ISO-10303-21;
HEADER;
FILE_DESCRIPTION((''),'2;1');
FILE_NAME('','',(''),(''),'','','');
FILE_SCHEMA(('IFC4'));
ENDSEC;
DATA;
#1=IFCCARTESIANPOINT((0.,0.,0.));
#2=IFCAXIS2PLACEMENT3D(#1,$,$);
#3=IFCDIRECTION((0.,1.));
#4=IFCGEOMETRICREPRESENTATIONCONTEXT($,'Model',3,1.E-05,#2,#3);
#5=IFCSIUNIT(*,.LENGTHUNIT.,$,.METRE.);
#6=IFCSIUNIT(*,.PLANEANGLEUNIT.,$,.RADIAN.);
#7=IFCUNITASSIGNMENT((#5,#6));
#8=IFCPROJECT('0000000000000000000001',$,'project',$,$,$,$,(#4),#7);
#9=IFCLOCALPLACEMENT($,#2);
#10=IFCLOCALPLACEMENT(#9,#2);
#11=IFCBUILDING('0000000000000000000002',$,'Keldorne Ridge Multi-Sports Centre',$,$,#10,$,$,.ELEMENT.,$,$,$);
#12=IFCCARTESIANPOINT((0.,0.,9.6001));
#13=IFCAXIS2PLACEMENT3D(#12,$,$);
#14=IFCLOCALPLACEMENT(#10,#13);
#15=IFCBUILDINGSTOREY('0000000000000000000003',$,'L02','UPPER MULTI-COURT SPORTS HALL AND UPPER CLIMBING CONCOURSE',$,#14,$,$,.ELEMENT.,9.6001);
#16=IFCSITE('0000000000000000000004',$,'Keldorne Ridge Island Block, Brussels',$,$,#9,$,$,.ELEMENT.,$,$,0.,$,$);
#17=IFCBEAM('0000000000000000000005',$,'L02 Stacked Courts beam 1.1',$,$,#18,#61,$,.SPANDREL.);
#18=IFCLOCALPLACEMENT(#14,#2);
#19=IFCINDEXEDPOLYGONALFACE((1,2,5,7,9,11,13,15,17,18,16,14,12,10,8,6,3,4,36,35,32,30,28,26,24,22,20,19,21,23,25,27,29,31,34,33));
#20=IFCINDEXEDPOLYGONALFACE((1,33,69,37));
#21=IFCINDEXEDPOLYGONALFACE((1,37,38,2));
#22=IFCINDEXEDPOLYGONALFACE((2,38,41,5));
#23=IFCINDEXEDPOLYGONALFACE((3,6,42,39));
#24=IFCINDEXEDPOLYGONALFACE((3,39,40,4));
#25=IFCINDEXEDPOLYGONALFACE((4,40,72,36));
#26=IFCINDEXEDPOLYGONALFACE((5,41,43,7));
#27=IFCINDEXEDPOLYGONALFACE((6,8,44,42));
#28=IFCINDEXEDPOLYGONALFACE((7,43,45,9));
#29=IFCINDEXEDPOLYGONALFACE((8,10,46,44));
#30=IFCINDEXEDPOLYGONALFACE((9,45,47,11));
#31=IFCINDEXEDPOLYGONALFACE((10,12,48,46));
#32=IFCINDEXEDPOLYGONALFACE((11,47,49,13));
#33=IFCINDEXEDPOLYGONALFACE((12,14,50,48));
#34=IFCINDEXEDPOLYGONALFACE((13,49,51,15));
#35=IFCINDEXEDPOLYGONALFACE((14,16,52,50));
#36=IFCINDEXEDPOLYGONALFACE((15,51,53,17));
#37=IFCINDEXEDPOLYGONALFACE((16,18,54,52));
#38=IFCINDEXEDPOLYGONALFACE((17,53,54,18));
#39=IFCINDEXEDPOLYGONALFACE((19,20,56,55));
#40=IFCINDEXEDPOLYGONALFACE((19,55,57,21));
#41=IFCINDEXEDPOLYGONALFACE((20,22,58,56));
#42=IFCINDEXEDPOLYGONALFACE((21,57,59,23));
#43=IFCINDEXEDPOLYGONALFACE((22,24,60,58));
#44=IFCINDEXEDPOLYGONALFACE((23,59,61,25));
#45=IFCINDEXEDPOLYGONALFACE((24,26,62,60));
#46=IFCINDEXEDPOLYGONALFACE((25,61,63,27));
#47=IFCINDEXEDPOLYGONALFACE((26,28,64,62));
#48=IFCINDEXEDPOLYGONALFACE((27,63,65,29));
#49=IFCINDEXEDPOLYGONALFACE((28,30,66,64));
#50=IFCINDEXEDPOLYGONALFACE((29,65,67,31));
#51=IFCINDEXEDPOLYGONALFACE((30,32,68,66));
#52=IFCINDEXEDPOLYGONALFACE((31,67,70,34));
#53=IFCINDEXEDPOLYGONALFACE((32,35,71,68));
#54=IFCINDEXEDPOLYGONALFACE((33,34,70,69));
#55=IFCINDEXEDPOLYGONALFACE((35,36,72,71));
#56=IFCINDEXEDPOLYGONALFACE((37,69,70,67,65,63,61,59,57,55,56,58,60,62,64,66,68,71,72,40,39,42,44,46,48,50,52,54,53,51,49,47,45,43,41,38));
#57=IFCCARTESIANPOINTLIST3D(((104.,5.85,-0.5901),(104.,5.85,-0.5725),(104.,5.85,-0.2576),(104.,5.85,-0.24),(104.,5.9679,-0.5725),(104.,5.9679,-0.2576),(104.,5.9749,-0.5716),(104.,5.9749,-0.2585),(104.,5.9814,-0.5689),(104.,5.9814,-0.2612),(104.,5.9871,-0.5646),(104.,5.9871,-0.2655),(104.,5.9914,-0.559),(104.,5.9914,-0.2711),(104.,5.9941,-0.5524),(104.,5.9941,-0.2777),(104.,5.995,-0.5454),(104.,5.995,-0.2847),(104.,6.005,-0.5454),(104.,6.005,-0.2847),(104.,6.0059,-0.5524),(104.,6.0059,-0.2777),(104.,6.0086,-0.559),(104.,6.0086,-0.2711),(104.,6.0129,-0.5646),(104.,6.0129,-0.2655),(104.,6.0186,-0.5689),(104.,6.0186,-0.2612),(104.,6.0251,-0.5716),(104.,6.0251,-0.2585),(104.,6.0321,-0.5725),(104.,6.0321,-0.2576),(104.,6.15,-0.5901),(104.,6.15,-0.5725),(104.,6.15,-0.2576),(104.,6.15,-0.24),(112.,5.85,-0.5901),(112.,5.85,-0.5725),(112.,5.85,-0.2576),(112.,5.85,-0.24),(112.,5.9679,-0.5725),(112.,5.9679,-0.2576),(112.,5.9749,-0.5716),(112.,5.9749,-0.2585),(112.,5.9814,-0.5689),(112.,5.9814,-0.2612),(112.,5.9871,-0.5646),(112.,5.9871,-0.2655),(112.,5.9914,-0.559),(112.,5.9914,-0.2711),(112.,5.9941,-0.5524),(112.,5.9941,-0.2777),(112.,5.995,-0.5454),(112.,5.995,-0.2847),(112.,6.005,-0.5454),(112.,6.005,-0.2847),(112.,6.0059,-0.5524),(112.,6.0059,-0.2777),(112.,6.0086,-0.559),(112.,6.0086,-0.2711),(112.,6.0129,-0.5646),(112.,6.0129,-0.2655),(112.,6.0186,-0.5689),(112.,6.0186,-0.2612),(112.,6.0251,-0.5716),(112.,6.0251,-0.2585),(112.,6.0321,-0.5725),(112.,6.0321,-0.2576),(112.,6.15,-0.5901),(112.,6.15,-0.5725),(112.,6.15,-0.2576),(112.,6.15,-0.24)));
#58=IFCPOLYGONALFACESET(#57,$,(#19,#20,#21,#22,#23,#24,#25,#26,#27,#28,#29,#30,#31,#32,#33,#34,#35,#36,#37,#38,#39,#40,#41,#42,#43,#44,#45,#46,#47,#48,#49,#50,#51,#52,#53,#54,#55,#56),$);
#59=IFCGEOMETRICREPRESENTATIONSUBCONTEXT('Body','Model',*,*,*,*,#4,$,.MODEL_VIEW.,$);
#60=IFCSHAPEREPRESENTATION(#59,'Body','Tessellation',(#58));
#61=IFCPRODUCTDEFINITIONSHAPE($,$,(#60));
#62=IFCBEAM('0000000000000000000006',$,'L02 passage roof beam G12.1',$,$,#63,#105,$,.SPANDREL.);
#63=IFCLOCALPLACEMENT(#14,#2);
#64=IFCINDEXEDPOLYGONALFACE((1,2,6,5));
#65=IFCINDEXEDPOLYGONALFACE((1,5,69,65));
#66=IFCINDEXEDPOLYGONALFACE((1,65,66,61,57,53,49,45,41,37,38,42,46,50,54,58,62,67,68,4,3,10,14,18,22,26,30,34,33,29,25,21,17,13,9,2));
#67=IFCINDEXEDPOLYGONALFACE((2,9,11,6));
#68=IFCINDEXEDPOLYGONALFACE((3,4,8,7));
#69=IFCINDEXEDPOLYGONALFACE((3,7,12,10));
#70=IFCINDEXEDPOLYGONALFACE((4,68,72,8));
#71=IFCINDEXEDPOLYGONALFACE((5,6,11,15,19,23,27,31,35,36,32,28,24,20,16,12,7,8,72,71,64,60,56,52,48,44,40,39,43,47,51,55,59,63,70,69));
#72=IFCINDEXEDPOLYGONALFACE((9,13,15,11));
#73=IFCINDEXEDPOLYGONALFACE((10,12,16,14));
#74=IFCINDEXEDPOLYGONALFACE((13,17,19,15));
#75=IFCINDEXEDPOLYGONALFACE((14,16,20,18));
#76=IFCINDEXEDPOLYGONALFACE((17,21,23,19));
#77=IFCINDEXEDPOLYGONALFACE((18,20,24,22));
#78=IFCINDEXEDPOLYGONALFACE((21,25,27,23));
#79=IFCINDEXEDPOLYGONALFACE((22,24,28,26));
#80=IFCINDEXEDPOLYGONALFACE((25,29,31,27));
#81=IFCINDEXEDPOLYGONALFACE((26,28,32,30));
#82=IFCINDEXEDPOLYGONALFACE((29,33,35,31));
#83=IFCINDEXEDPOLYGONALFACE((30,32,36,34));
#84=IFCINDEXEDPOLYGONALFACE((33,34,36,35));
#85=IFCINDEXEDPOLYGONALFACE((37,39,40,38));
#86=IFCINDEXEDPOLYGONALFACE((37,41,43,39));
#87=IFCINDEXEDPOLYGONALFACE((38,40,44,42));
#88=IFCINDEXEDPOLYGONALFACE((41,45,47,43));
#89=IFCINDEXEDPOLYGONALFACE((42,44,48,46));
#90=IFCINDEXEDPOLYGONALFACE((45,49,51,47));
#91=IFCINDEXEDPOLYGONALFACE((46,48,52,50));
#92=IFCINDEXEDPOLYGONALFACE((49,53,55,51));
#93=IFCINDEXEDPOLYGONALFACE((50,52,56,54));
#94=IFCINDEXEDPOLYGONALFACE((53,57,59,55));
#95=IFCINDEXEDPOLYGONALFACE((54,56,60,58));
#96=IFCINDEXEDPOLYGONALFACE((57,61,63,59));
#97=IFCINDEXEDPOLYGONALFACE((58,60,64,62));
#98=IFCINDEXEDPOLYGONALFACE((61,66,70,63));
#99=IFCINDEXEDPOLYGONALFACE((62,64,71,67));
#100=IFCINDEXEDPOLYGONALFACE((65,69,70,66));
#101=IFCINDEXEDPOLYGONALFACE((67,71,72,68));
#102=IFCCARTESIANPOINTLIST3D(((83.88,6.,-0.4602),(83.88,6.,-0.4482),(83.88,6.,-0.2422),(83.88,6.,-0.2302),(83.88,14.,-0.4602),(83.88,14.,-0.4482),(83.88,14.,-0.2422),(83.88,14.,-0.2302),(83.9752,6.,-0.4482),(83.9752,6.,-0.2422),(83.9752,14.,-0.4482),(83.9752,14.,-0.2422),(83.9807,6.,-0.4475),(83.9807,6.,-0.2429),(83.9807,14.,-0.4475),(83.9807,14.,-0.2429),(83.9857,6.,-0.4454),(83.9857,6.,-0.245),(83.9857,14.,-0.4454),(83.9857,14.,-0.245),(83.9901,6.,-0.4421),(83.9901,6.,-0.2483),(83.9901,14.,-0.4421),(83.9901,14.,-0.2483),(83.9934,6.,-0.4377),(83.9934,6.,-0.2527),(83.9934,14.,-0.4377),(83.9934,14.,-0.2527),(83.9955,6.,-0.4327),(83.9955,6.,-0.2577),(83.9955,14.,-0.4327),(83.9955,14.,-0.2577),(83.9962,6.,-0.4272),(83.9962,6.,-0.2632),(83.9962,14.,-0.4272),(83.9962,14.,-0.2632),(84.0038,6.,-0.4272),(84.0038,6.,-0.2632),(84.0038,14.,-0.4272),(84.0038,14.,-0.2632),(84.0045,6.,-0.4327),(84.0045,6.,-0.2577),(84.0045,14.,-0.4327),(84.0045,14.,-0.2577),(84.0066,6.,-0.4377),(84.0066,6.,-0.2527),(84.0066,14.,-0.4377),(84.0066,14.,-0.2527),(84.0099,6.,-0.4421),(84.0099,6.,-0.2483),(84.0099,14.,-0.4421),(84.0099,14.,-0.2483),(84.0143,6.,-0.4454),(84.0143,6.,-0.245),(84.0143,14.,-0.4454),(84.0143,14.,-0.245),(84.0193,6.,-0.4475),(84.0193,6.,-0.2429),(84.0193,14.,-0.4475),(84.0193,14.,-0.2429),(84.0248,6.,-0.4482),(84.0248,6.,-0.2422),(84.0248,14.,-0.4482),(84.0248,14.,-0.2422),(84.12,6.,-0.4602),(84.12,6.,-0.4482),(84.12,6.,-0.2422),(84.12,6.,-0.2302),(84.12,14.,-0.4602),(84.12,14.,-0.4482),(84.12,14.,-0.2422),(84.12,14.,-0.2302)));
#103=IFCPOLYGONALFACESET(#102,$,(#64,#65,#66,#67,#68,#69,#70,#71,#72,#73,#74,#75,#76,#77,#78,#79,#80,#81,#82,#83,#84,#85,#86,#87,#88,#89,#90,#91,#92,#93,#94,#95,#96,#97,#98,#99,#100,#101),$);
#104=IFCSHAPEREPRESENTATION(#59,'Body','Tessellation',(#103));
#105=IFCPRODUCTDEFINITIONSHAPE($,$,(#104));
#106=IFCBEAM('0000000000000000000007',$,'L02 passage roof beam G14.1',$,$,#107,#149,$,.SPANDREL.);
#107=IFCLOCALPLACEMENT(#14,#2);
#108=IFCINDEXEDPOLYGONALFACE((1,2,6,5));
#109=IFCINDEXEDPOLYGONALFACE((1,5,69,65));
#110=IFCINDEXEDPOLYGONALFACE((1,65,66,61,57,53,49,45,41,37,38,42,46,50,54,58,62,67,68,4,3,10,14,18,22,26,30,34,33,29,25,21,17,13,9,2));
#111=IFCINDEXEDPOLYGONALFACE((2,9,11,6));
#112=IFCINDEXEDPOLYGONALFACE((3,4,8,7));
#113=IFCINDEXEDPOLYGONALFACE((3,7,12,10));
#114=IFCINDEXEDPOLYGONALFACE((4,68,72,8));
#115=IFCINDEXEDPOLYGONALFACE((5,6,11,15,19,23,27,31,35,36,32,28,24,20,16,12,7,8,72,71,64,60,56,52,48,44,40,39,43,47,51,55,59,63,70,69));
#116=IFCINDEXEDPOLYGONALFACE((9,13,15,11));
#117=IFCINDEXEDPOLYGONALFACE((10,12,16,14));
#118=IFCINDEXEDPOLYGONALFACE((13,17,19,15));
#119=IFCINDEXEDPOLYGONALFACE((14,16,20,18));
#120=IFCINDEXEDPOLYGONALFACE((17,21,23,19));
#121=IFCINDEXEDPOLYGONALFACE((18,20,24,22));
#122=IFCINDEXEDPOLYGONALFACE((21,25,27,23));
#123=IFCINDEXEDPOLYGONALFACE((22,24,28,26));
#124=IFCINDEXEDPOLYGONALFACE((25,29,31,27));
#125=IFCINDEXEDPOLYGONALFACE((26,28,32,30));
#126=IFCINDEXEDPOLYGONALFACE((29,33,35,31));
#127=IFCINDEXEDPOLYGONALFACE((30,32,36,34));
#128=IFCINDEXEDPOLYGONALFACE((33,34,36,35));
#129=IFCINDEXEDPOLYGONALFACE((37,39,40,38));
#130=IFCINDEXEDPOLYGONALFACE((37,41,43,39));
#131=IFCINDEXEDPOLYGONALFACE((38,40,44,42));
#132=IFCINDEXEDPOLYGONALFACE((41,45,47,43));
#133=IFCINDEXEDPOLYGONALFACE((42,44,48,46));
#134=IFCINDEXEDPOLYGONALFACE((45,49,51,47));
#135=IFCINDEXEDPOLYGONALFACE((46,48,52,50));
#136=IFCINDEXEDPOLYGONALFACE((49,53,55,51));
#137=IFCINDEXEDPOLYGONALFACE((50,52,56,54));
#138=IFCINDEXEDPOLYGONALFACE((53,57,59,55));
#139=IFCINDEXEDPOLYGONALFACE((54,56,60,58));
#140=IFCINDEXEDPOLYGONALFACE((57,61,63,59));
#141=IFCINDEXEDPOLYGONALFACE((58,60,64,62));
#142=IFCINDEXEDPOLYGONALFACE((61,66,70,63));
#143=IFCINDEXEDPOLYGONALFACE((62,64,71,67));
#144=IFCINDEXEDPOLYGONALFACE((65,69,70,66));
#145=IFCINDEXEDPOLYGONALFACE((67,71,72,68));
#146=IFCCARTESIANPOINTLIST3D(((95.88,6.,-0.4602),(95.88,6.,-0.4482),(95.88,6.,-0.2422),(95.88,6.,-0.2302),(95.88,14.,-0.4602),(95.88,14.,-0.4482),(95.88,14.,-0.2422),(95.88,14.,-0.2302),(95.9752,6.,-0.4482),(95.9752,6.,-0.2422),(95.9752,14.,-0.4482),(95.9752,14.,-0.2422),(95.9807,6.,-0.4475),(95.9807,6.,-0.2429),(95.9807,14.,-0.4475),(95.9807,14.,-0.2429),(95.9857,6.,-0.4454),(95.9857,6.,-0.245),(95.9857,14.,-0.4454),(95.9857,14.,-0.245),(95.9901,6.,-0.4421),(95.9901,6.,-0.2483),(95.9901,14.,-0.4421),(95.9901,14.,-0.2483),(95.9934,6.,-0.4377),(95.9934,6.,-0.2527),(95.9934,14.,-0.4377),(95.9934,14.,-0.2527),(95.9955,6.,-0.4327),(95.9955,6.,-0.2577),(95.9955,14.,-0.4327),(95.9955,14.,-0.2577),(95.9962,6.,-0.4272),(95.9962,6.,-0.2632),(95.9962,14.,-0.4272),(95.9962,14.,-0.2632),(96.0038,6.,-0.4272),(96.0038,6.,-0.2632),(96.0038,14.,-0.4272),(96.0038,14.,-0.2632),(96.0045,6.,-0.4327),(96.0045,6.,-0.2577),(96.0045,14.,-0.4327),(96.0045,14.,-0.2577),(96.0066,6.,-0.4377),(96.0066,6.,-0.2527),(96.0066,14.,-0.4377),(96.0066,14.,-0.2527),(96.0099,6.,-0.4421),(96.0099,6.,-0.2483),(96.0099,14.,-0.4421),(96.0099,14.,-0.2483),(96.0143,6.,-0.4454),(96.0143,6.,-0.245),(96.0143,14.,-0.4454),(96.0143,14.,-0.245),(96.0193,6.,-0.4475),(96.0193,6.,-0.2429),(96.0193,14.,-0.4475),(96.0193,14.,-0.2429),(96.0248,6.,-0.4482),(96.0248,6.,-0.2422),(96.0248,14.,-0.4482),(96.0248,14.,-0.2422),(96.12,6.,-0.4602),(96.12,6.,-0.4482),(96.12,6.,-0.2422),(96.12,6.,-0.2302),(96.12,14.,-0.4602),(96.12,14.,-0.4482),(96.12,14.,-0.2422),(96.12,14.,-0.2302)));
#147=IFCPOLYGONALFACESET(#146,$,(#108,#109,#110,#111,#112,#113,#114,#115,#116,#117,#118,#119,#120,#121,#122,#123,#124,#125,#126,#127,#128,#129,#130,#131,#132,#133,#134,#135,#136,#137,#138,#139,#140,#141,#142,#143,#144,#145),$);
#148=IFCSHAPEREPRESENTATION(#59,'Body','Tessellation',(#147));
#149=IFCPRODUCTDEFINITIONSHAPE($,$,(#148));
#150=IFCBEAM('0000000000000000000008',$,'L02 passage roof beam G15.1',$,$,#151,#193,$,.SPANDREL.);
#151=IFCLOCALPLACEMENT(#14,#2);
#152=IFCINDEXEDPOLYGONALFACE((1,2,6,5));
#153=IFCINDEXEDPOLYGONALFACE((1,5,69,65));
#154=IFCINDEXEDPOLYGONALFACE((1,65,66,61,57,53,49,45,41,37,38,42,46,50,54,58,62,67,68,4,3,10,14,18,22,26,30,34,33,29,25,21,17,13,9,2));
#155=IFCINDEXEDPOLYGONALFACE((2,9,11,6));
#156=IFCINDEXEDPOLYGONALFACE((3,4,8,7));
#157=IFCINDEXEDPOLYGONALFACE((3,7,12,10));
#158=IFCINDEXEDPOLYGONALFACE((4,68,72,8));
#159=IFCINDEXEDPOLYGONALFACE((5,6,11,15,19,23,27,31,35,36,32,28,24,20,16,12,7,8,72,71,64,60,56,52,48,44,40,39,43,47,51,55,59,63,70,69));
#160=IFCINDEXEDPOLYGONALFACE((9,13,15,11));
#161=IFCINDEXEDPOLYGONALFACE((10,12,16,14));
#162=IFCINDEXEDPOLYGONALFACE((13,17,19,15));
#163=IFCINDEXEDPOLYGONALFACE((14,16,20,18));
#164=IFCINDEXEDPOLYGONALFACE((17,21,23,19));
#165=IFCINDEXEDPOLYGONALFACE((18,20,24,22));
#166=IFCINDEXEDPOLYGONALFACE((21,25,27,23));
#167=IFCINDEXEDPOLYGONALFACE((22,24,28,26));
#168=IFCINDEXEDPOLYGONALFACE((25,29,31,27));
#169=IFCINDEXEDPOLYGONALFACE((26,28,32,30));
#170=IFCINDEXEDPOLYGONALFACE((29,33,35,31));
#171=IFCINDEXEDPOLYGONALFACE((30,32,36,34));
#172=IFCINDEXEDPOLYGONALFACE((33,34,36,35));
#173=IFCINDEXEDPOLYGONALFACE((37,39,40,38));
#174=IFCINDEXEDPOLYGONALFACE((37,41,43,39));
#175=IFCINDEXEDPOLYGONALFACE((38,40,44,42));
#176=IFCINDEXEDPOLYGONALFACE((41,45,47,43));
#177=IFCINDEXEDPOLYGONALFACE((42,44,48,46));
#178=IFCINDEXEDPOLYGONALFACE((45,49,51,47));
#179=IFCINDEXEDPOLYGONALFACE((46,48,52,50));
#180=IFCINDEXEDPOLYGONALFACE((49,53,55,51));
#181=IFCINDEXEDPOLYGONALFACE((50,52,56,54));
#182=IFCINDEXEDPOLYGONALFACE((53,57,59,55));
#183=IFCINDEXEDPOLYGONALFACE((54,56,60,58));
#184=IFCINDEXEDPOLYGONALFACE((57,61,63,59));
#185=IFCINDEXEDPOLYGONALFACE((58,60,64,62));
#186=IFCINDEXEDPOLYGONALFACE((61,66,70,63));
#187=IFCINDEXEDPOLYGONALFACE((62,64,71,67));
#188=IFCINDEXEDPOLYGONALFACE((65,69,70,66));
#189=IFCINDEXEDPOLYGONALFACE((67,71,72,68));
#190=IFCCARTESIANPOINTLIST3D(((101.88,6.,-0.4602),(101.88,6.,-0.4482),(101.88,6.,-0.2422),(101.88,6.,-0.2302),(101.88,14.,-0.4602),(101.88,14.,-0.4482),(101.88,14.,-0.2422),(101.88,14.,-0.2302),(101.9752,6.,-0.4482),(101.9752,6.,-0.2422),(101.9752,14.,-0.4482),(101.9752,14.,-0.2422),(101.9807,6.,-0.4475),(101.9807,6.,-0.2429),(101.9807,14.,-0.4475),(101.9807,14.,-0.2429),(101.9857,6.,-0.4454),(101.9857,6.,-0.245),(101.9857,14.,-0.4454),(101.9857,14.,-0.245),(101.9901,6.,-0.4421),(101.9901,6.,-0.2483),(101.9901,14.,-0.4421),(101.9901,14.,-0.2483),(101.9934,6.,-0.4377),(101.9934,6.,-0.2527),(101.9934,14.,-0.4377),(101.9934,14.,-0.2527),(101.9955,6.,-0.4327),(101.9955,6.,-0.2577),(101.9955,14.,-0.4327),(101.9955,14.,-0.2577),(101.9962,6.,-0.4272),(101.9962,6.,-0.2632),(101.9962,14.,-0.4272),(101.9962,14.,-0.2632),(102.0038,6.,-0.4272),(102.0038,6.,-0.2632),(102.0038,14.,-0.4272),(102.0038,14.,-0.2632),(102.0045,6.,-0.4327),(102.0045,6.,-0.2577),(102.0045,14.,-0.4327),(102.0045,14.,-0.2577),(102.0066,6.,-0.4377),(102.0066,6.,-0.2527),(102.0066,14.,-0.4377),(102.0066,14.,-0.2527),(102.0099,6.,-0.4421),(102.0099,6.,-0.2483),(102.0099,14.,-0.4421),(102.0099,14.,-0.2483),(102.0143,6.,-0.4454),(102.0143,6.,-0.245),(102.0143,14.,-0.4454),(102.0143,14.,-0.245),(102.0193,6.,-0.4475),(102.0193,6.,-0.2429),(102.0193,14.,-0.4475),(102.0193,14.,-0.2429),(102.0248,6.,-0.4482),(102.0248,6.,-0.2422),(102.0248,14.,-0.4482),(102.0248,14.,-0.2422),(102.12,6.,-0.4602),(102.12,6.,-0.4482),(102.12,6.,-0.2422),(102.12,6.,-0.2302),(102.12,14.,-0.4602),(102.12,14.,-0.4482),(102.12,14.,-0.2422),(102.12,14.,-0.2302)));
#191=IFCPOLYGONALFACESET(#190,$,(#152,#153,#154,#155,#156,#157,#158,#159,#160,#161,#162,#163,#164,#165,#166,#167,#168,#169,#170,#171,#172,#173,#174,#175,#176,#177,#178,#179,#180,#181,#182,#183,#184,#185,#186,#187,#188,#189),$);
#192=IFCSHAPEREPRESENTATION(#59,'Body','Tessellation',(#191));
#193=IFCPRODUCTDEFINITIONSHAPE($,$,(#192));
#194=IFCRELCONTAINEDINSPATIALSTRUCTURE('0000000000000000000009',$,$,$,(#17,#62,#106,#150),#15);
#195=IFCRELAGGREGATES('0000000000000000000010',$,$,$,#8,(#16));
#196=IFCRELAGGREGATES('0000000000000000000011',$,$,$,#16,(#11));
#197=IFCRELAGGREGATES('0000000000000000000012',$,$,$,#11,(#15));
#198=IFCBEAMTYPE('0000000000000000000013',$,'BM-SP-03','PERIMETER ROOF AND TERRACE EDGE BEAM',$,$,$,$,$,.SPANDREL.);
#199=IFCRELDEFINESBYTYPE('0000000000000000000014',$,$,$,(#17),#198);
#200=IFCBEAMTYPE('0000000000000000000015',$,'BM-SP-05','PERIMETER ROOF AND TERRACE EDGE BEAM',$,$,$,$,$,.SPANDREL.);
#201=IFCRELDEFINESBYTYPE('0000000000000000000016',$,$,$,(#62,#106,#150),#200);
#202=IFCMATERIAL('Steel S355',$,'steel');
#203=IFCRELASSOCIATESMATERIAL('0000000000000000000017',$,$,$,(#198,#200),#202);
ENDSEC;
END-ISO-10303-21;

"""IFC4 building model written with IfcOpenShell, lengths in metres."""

from ifc_helpers import new_model, si_unit, direction, frame, origin, origin_2d, place, context, subcontext, project, spatial, i_section, extrude, material, material_profile, profile_set, type_object, element, save


model = new_model("IFC4")

# Units and contexts
model_context = context("Model", 3, precision=1e-05, world=origin(), true_north=direction((0.0, 1.0)))
body_context = subcontext(model_context, "Body", "Model", "MODEL_VIEW")
ifc_project = project(units=[si_unit("LENGTHUNIT", "METRE"), si_unit("PLANEANGLEUNIT", "RADIAN")], contexts=[model_context])

# Site, building, storey
site_placement = place(None, origin())
site = spatial("IfcSite", under=ifc_project, at=site_placement, Name="Keldorne Ridge Island Block, Brussels", CompositionType="ELEMENT", RefElevation=0.0)
building_placement = place(site_placement, origin())
building = spatial("IfcBuilding", under=site, at=building_placement, Name="Keldorne Ridge Multi-Sports Centre", CompositionType="ELEMENT")
storey_placement = place(building_placement, frame((0.0, 0.0, 9.6001)))
storey = spatial("IfcBuildingStorey", under=building, at=storey_placement, Name="L02", Description="UPPER MULTI-COURT SPORTS HALL AND UPPER CLIMBING CONCOURSE", CompositionType="ELEMENT", Elevation=9.6001)

# Shared definitions
ifc_material_1 = material(Name="Steel S355", Category="steel")

# Beams
ifc_material_profile_1 = material_profile(ifc_material_1, i_section(OverallWidth=0.3, OverallDepth=0.3501, WebThickness=0.01, FlangeThickness=0.0176, FilletRadius=0.0271, at=origin_2d()), Name="HEA 360")
ifc_profile_set_1 = profile_set([ifc_material_profile_1], Name="Steel S355")
beam_type_1 = type_object("IfcBeamType", Name="BM-SP-03", Description="PERIMETER ROOF AND TERRACE EDGE BEAM", PredefinedType="SPANDREL", material=ifc_profile_set_1)
beam_1_placement = place(storey_placement, frame((104.0, 6.0, -0.415), z_axis=(1.0, 0.0, 0.0), x_axis=(0.0, 1.0, 0.0)))
element("IfcBeam", 1, at=beam_1_placement, inside=storey, type_object=beam_type_1, Name="L02 Stacked Courts beam 1.1", PredefinedType="SPANDREL", context=body_context, shape_type="SweptSolid", body=[
    extrude(i_section(OverallWidth=0.3, OverallDepth=0.3501, WebThickness=0.01, FlangeThickness=0.0176, FilletRadius=0.0271, at=origin_2d()), origin(), (0.0, 0.0, 1.0), 8.0),
])
ifc_material_profile_2 = material_profile(ifc_material_1, i_section(OverallWidth=0.24, OverallDepth=0.23, WebThickness=0.0076, FlangeThickness=0.012, FilletRadius=0.021, at=origin_2d()), Name="HEA 240")
ifc_profile_set_2 = profile_set([ifc_material_profile_2], Name="Steel S355")
beam_type_2 = type_object("IfcBeamType", Name="BM-SP-05", Description="PERIMETER ROOF AND TERRACE EDGE BEAM", PredefinedType="SPANDREL", material=ifc_profile_set_2)
for number, where, z_axis, x_axis, name in (
    (2, (84.0, 6.0, -0.3452), (0.0, 1.0, 0.0), (-1.0, 0.0, 0.0), "L02 passage roof beam G12.1"),
    (3, (96.0, 6.0, -0.3452), (0.0, 1.0, 0.0), (-1.0, 0.0, 0.0), "L02 passage roof beam G14.1"),
    (4, (102.0, 6.0, -0.3452), (0.0, 1.0, 0.0), (-1.0, 0.0, 0.0), "L02 passage roof beam G15.1"),
):
    element("IfcBeam", number, at=place(storey_placement, frame(where, z_axis=z_axis, x_axis=x_axis)), inside=storey, type_object=beam_type_2, Name=name, PredefinedType="SPANDREL", context=body_context, shape_type="SweptSolid", body=[
        extrude(i_section(OverallWidth=0.24, OverallDepth=0.23, WebThickness=0.0076, FlangeThickness=0.012, FilletRadius=0.021, at=origin_2d()), origin(), (0.0, 0.0, 1.0), 8.0),
    ])

save(model, "model.ifc")
